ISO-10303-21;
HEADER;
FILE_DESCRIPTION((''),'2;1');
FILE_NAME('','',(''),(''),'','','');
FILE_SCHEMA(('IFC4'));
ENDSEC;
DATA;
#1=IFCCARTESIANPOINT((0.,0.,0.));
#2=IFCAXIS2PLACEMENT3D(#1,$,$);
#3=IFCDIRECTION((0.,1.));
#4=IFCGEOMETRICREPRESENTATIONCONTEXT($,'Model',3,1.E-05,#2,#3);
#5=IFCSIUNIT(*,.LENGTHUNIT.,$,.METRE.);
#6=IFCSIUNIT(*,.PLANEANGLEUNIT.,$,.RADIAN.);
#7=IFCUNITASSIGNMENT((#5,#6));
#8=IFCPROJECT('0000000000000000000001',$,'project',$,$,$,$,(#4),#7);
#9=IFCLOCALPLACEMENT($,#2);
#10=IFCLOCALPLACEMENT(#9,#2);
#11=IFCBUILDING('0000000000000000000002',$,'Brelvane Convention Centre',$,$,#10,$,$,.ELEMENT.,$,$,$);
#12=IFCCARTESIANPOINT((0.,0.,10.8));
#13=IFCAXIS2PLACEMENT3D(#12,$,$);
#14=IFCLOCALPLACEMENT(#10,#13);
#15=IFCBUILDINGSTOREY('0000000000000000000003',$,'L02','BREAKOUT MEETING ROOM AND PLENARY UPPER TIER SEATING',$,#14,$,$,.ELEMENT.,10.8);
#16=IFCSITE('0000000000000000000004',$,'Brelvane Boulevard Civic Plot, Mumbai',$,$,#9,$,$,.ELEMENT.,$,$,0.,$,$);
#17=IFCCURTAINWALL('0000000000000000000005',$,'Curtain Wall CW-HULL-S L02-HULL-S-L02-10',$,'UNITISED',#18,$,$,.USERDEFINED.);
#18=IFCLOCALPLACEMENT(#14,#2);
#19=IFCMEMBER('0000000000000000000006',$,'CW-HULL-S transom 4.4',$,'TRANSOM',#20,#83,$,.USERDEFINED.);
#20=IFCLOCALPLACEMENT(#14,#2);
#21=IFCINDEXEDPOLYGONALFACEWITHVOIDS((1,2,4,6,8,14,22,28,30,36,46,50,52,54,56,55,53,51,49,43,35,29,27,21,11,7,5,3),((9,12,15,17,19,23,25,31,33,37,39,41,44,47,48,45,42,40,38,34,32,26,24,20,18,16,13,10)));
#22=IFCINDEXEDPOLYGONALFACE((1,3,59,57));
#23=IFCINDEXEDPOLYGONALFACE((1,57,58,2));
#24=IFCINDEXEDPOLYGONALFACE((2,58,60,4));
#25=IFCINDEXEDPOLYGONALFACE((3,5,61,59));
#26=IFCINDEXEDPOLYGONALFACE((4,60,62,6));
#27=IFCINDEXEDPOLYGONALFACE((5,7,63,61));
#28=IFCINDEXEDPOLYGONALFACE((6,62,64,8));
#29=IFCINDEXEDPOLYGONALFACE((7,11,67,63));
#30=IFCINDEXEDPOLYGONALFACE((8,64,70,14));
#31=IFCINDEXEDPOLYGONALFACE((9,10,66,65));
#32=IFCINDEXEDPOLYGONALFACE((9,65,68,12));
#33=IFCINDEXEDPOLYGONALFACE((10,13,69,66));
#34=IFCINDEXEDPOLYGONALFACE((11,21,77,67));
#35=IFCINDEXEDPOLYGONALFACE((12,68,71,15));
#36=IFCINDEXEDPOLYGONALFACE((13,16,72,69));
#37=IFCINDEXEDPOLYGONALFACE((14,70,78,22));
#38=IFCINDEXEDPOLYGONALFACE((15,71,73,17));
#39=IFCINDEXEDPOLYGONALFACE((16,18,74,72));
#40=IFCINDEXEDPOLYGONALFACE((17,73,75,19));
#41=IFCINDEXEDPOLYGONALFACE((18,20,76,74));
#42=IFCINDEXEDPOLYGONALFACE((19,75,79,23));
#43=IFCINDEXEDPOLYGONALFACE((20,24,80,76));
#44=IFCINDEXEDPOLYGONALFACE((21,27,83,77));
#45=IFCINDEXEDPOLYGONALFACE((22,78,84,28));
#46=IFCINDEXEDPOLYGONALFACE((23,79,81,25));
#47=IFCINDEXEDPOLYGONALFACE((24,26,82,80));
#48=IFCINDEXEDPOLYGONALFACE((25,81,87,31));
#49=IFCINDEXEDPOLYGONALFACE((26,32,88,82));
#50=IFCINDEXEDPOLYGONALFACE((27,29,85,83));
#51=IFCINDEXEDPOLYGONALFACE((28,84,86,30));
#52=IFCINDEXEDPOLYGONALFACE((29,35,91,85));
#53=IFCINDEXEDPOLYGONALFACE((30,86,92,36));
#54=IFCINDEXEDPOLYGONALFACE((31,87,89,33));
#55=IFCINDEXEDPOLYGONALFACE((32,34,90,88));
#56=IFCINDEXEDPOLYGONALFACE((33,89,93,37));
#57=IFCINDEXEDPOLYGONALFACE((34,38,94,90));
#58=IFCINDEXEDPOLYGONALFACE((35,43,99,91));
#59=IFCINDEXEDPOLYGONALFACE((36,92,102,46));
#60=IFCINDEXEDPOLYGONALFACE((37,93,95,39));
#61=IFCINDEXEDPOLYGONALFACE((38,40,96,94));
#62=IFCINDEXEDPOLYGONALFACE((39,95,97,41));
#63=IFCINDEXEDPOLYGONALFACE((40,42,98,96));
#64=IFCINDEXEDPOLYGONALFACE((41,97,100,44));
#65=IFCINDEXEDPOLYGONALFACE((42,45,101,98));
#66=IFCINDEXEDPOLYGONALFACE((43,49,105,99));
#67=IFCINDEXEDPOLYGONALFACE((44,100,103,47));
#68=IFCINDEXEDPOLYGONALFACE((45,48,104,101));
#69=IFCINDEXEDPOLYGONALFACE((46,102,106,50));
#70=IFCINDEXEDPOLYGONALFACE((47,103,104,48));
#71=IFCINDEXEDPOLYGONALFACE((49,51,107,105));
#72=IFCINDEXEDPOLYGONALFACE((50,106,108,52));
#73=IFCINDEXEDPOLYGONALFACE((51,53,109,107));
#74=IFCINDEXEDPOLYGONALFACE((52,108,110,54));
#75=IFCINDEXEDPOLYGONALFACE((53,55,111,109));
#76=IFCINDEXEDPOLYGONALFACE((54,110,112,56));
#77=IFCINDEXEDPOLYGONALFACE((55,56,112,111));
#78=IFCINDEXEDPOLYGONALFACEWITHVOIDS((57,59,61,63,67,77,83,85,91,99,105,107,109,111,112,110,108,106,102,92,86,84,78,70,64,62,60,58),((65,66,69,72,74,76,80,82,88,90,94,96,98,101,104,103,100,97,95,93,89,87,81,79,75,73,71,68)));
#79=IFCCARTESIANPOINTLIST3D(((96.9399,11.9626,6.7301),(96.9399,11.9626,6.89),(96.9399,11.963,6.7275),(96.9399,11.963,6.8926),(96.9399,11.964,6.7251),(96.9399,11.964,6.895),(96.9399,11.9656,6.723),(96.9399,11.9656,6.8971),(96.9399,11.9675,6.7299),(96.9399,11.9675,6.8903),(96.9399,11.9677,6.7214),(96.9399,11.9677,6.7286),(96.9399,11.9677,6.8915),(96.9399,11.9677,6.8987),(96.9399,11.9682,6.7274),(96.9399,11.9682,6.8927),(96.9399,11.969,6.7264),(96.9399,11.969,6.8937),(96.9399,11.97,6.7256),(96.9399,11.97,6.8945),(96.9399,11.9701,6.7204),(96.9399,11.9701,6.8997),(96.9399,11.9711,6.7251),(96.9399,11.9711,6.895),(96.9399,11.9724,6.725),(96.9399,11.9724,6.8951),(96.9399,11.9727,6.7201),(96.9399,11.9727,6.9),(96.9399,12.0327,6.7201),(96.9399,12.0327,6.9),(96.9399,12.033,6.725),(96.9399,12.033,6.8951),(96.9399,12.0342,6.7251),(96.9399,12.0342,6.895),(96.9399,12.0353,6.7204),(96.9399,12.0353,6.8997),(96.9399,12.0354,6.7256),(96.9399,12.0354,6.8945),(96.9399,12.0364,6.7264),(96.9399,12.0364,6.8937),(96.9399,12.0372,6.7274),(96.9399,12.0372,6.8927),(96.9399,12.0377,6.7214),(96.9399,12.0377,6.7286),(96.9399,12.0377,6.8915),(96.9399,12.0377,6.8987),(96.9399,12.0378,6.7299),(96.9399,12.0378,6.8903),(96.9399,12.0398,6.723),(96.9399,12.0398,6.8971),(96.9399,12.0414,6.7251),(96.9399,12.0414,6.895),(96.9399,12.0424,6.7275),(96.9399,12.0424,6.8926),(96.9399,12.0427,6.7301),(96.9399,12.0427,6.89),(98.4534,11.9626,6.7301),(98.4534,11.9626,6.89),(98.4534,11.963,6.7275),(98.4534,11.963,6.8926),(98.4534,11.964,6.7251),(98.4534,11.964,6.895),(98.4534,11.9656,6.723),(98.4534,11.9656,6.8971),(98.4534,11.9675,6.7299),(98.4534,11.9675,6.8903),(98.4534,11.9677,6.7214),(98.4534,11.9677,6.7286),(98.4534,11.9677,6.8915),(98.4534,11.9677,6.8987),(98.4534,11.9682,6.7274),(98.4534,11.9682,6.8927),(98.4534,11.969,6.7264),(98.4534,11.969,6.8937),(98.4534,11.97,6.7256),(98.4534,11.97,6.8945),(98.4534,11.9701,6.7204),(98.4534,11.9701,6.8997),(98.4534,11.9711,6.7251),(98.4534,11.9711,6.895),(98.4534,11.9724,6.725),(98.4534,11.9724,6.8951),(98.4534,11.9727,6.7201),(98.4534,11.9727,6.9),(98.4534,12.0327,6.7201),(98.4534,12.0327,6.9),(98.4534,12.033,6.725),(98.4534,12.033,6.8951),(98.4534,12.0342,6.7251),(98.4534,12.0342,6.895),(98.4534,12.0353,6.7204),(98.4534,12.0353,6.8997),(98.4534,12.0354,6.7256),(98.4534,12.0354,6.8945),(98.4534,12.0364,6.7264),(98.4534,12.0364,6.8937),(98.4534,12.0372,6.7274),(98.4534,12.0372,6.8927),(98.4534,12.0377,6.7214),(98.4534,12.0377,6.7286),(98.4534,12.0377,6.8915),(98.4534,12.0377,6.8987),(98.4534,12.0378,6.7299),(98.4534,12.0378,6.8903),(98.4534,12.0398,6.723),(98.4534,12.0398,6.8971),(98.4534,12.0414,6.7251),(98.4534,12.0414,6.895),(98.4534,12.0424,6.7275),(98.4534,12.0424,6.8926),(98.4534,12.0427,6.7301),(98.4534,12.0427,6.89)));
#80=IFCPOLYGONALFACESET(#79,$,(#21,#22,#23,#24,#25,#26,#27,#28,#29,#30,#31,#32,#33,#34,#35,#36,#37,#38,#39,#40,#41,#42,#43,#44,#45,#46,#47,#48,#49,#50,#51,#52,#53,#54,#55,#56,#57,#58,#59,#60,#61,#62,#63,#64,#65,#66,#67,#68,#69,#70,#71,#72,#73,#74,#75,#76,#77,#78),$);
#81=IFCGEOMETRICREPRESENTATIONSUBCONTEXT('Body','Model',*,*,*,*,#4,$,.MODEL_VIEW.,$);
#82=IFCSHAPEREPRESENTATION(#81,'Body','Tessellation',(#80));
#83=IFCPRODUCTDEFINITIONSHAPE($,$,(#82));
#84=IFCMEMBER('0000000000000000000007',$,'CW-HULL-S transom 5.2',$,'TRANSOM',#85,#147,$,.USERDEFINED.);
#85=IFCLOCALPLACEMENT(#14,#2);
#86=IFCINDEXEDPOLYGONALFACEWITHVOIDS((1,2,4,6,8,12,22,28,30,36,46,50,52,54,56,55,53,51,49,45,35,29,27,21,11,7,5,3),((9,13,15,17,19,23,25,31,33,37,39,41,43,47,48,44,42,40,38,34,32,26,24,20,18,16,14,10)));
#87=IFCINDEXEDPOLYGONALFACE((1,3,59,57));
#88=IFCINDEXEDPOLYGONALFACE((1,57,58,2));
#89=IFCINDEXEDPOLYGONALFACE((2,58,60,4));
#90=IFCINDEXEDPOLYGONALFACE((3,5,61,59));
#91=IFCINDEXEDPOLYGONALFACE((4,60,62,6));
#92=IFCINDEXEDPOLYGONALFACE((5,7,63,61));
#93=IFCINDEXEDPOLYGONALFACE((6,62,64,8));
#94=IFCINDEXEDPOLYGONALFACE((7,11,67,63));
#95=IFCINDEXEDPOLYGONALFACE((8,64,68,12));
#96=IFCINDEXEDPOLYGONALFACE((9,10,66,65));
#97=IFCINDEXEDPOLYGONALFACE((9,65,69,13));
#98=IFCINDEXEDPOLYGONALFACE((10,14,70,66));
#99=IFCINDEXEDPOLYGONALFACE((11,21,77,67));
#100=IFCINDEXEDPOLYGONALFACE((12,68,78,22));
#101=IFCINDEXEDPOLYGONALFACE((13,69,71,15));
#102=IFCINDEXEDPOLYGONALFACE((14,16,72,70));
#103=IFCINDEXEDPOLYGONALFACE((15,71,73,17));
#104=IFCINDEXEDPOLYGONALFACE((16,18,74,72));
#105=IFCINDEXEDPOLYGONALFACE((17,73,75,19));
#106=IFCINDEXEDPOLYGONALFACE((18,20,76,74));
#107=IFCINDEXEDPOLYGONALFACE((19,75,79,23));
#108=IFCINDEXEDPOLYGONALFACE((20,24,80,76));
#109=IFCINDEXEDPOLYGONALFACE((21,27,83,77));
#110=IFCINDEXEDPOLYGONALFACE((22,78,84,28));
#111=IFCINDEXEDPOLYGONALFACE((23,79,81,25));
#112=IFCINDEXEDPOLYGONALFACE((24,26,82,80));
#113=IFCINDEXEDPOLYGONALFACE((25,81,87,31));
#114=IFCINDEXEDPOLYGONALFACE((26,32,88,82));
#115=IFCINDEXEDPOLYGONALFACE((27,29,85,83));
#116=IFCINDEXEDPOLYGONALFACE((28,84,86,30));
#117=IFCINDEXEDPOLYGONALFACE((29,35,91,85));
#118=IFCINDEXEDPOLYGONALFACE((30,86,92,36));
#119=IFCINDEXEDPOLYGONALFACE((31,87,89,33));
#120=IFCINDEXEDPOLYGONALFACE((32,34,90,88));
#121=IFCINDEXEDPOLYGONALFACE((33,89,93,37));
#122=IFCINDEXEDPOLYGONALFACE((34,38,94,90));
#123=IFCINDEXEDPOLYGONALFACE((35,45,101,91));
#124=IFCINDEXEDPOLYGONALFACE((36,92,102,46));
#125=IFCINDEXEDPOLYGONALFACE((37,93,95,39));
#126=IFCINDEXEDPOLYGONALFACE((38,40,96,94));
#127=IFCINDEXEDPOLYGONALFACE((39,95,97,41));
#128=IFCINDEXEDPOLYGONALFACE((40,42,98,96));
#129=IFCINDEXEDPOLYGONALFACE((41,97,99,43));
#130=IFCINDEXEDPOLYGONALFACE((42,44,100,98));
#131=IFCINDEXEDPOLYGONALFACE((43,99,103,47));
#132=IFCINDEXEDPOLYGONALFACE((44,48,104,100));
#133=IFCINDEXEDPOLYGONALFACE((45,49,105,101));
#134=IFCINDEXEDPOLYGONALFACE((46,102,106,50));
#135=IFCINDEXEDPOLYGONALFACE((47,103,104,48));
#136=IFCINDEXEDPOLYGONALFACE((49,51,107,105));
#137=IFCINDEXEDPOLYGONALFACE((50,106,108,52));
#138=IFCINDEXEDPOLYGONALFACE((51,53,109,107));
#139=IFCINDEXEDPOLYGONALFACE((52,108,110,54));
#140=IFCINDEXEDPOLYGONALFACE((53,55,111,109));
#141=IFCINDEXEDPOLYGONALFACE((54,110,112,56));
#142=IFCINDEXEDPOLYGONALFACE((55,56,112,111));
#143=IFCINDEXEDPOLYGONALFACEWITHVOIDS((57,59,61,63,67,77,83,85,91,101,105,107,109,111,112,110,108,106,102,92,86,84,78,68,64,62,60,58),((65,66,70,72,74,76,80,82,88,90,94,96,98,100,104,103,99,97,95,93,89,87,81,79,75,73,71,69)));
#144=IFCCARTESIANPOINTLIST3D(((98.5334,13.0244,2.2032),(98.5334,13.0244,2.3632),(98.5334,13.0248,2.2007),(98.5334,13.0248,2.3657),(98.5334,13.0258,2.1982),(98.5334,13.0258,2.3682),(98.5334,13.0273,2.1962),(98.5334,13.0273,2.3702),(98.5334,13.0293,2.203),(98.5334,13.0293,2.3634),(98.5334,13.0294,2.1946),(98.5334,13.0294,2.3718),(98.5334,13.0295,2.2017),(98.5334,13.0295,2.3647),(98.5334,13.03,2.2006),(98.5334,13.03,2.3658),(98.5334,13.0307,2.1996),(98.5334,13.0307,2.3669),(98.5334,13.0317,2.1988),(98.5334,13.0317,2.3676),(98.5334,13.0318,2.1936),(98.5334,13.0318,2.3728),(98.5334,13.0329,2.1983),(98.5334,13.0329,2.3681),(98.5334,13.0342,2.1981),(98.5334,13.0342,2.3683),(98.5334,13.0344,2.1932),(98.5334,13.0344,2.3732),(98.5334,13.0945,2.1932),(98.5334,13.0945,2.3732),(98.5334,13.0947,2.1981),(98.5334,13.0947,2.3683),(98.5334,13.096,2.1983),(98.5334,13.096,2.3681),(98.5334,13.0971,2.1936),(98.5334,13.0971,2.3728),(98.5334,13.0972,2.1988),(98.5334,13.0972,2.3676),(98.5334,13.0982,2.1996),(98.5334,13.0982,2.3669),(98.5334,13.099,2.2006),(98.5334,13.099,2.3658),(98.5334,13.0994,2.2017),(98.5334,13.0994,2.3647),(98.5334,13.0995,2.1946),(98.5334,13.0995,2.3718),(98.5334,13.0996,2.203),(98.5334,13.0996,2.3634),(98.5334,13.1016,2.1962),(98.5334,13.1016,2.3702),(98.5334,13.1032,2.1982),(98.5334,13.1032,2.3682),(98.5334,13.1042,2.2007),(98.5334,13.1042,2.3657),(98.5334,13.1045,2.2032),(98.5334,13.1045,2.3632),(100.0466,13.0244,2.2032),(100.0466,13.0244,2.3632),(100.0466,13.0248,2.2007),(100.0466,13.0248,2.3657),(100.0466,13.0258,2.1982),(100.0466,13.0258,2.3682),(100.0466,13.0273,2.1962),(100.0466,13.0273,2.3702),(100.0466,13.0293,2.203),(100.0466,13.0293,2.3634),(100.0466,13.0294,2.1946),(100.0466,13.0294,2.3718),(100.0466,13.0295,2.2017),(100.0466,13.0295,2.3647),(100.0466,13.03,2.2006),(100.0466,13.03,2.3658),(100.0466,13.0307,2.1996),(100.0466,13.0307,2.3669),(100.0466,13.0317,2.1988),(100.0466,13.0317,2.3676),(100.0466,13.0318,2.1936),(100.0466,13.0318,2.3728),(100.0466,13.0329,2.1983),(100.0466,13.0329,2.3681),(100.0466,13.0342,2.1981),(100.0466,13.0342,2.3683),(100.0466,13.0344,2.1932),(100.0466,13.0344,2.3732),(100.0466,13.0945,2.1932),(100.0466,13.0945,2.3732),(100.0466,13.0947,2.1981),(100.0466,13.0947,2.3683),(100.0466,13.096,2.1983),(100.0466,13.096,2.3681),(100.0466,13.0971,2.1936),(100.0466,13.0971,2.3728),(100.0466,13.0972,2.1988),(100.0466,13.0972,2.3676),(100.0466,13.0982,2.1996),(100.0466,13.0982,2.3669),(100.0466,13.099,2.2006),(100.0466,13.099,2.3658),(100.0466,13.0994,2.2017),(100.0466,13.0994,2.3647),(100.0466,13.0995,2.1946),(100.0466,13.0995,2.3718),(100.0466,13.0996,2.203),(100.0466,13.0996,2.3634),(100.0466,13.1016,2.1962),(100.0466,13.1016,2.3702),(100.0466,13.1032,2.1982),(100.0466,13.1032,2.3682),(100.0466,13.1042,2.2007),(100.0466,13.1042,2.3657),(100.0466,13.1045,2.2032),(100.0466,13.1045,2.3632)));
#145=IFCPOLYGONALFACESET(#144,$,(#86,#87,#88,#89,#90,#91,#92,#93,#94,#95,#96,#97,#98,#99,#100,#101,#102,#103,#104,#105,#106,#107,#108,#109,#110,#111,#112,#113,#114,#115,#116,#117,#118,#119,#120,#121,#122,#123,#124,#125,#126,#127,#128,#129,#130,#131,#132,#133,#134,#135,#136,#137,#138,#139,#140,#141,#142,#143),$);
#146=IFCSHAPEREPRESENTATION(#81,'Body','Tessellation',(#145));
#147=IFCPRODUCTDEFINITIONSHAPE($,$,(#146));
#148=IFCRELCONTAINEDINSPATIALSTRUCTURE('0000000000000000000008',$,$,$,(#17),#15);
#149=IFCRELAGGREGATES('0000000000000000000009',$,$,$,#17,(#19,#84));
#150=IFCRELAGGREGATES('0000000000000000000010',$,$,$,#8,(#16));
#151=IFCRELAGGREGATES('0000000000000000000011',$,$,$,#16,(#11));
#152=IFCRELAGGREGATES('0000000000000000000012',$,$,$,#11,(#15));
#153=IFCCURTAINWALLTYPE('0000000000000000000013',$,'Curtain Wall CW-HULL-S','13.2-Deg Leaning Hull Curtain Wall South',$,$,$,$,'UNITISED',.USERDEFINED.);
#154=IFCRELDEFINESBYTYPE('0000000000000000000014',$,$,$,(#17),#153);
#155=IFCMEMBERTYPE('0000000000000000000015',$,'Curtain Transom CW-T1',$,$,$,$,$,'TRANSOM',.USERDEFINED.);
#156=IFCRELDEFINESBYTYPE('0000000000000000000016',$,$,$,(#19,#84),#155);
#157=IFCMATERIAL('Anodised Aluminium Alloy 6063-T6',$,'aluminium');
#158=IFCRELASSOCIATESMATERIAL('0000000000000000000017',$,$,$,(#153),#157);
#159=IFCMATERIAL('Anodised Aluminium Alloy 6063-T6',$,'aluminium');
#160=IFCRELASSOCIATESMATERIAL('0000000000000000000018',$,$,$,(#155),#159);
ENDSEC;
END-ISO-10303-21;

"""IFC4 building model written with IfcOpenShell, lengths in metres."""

from ifc_helpers import new_model, si_unit, direction, frame, origin, origin_2d, place, context, subcontext, project, spatial, hollow_rectangle, extrude, material, material_profile, profile_set, type_object, element, aggregate, save


model = new_model("IFC4")

# Units and contexts
model_context = context("Model", 3, precision=1e-05, world=origin(), true_north=direction((0.0, 1.0)))
body_context = subcontext(model_context, "Body", "Model", "MODEL_VIEW")
ifc_project = project(units=[si_unit("LENGTHUNIT", "METRE"), si_unit("PLANEANGLEUNIT", "RADIAN")], contexts=[model_context])

# Site, building, storey
site_placement = place(None, origin())
site = spatial("IfcSite", under=ifc_project, at=site_placement, Name="Brelvane Boulevard Civic Plot, Mumbai", CompositionType="ELEMENT", RefElevation=0.0)
building_placement = place(site_placement, origin())
building = spatial("IfcBuilding", under=site, at=building_placement, Name="Brelvane Convention Centre", CompositionType="ELEMENT")
storey_placement = place(building_placement, frame((0.0, 0.0, 10.8)))
storey = spatial("IfcBuildingStorey", under=building, at=storey_placement, Name="L02", Description="BREAKOUT MEETING ROOM AND PLENARY UPPER TIER SEATING", CompositionType="ELEMENT", Elevation=10.8)

# Curtain wall, members
ifc_material_1 = material(Name="Anodised Aluminium Alloy 6063-T6", Category="aluminium")
curtain_wall_type = type_object("IfcCurtainWallType", Name="Curtain Wall CW-HULL-S", Description="13.2-Deg Leaning Hull Curtain Wall South", ElementType="UNITISED", PredefinedType="USERDEFINED", material=ifc_material_1)
curtain_wall_1_placement = place(storey_placement, origin())
curtain_wall_1 = element("IfcCurtainWall", 1, at=curtain_wall_1_placement, inside=storey, type_object=curtain_wall_type, Name="Curtain Wall CW-HULL-S L02-HULL-S-L02-10", ObjectType="UNITISED", PredefinedType="USERDEFINED")
ifc_material_2 = material(Name="Anodised Aluminium Alloy 6063-T6", Category="aluminium")
ifc_material_profile = material_profile(ifc_material_2, hollow_rectangle(XDim=0.0801, YDim=0.1799, WallThickness=0.0049, InnerFilletRadius=0.0049, OuterFilletRadius=0.01, at=origin_2d()), Name="ALU-T 180x80x5.0")
ifc_profile_set = profile_set([ifc_material_profile], Name="Anodised Aluminium Alloy 6063-T6")
member_type = type_object("IfcMemberType", Name="Curtain Transom CW-T1", ElementType="TRANSOM", PredefinedType="USERDEFINED", material=ifc_profile_set)
member_1_placement = place(storey_placement, frame((96.9399, 12.0027, 6.8101), z_axis=(1.0, 0.0, 0.0), x_axis=(0.0, 1.0, 0.0)))
member_1 = element("IfcMember", 2, at=member_1_placement, type_object=member_type, Name="CW-HULL-S transom 4.4", ObjectType="TRANSOM", PredefinedType="USERDEFINED", context=body_context, shape_type="SweptSolid", body=[
    extrude(hollow_rectangle(XDim=0.0801, YDim=0.1799, WallThickness=0.0049, InnerFilletRadius=0.0049, OuterFilletRadius=0.01, at=origin_2d()), origin(), (0.0, 0.0, 1.0), 1.5134),
])
member_2_placement = place(storey_placement, frame((98.5334, 13.0645, 2.2832), z_axis=(1.0, 0.0, 0.0), x_axis=(0.0, 1.0, 0.0)))
member_2 = element("IfcMember", 3, at=member_2_placement, type_object=member_type, Name="CW-HULL-S transom 5.2", ObjectType="TRANSOM", PredefinedType="USERDEFINED", context=body_context, shape_type="SweptSolid", body=[
    extrude(hollow_rectangle(XDim=0.0801, YDim=0.1799, WallThickness=0.0049, InnerFilletRadius=0.0049, OuterFilletRadius=0.01, at=origin_2d()), origin(), (0.0, 0.0, 1.0), 1.5132),
])

aggregate(curtain_wall_1, [member_1, member_2])

save(model, "model.ifc")
